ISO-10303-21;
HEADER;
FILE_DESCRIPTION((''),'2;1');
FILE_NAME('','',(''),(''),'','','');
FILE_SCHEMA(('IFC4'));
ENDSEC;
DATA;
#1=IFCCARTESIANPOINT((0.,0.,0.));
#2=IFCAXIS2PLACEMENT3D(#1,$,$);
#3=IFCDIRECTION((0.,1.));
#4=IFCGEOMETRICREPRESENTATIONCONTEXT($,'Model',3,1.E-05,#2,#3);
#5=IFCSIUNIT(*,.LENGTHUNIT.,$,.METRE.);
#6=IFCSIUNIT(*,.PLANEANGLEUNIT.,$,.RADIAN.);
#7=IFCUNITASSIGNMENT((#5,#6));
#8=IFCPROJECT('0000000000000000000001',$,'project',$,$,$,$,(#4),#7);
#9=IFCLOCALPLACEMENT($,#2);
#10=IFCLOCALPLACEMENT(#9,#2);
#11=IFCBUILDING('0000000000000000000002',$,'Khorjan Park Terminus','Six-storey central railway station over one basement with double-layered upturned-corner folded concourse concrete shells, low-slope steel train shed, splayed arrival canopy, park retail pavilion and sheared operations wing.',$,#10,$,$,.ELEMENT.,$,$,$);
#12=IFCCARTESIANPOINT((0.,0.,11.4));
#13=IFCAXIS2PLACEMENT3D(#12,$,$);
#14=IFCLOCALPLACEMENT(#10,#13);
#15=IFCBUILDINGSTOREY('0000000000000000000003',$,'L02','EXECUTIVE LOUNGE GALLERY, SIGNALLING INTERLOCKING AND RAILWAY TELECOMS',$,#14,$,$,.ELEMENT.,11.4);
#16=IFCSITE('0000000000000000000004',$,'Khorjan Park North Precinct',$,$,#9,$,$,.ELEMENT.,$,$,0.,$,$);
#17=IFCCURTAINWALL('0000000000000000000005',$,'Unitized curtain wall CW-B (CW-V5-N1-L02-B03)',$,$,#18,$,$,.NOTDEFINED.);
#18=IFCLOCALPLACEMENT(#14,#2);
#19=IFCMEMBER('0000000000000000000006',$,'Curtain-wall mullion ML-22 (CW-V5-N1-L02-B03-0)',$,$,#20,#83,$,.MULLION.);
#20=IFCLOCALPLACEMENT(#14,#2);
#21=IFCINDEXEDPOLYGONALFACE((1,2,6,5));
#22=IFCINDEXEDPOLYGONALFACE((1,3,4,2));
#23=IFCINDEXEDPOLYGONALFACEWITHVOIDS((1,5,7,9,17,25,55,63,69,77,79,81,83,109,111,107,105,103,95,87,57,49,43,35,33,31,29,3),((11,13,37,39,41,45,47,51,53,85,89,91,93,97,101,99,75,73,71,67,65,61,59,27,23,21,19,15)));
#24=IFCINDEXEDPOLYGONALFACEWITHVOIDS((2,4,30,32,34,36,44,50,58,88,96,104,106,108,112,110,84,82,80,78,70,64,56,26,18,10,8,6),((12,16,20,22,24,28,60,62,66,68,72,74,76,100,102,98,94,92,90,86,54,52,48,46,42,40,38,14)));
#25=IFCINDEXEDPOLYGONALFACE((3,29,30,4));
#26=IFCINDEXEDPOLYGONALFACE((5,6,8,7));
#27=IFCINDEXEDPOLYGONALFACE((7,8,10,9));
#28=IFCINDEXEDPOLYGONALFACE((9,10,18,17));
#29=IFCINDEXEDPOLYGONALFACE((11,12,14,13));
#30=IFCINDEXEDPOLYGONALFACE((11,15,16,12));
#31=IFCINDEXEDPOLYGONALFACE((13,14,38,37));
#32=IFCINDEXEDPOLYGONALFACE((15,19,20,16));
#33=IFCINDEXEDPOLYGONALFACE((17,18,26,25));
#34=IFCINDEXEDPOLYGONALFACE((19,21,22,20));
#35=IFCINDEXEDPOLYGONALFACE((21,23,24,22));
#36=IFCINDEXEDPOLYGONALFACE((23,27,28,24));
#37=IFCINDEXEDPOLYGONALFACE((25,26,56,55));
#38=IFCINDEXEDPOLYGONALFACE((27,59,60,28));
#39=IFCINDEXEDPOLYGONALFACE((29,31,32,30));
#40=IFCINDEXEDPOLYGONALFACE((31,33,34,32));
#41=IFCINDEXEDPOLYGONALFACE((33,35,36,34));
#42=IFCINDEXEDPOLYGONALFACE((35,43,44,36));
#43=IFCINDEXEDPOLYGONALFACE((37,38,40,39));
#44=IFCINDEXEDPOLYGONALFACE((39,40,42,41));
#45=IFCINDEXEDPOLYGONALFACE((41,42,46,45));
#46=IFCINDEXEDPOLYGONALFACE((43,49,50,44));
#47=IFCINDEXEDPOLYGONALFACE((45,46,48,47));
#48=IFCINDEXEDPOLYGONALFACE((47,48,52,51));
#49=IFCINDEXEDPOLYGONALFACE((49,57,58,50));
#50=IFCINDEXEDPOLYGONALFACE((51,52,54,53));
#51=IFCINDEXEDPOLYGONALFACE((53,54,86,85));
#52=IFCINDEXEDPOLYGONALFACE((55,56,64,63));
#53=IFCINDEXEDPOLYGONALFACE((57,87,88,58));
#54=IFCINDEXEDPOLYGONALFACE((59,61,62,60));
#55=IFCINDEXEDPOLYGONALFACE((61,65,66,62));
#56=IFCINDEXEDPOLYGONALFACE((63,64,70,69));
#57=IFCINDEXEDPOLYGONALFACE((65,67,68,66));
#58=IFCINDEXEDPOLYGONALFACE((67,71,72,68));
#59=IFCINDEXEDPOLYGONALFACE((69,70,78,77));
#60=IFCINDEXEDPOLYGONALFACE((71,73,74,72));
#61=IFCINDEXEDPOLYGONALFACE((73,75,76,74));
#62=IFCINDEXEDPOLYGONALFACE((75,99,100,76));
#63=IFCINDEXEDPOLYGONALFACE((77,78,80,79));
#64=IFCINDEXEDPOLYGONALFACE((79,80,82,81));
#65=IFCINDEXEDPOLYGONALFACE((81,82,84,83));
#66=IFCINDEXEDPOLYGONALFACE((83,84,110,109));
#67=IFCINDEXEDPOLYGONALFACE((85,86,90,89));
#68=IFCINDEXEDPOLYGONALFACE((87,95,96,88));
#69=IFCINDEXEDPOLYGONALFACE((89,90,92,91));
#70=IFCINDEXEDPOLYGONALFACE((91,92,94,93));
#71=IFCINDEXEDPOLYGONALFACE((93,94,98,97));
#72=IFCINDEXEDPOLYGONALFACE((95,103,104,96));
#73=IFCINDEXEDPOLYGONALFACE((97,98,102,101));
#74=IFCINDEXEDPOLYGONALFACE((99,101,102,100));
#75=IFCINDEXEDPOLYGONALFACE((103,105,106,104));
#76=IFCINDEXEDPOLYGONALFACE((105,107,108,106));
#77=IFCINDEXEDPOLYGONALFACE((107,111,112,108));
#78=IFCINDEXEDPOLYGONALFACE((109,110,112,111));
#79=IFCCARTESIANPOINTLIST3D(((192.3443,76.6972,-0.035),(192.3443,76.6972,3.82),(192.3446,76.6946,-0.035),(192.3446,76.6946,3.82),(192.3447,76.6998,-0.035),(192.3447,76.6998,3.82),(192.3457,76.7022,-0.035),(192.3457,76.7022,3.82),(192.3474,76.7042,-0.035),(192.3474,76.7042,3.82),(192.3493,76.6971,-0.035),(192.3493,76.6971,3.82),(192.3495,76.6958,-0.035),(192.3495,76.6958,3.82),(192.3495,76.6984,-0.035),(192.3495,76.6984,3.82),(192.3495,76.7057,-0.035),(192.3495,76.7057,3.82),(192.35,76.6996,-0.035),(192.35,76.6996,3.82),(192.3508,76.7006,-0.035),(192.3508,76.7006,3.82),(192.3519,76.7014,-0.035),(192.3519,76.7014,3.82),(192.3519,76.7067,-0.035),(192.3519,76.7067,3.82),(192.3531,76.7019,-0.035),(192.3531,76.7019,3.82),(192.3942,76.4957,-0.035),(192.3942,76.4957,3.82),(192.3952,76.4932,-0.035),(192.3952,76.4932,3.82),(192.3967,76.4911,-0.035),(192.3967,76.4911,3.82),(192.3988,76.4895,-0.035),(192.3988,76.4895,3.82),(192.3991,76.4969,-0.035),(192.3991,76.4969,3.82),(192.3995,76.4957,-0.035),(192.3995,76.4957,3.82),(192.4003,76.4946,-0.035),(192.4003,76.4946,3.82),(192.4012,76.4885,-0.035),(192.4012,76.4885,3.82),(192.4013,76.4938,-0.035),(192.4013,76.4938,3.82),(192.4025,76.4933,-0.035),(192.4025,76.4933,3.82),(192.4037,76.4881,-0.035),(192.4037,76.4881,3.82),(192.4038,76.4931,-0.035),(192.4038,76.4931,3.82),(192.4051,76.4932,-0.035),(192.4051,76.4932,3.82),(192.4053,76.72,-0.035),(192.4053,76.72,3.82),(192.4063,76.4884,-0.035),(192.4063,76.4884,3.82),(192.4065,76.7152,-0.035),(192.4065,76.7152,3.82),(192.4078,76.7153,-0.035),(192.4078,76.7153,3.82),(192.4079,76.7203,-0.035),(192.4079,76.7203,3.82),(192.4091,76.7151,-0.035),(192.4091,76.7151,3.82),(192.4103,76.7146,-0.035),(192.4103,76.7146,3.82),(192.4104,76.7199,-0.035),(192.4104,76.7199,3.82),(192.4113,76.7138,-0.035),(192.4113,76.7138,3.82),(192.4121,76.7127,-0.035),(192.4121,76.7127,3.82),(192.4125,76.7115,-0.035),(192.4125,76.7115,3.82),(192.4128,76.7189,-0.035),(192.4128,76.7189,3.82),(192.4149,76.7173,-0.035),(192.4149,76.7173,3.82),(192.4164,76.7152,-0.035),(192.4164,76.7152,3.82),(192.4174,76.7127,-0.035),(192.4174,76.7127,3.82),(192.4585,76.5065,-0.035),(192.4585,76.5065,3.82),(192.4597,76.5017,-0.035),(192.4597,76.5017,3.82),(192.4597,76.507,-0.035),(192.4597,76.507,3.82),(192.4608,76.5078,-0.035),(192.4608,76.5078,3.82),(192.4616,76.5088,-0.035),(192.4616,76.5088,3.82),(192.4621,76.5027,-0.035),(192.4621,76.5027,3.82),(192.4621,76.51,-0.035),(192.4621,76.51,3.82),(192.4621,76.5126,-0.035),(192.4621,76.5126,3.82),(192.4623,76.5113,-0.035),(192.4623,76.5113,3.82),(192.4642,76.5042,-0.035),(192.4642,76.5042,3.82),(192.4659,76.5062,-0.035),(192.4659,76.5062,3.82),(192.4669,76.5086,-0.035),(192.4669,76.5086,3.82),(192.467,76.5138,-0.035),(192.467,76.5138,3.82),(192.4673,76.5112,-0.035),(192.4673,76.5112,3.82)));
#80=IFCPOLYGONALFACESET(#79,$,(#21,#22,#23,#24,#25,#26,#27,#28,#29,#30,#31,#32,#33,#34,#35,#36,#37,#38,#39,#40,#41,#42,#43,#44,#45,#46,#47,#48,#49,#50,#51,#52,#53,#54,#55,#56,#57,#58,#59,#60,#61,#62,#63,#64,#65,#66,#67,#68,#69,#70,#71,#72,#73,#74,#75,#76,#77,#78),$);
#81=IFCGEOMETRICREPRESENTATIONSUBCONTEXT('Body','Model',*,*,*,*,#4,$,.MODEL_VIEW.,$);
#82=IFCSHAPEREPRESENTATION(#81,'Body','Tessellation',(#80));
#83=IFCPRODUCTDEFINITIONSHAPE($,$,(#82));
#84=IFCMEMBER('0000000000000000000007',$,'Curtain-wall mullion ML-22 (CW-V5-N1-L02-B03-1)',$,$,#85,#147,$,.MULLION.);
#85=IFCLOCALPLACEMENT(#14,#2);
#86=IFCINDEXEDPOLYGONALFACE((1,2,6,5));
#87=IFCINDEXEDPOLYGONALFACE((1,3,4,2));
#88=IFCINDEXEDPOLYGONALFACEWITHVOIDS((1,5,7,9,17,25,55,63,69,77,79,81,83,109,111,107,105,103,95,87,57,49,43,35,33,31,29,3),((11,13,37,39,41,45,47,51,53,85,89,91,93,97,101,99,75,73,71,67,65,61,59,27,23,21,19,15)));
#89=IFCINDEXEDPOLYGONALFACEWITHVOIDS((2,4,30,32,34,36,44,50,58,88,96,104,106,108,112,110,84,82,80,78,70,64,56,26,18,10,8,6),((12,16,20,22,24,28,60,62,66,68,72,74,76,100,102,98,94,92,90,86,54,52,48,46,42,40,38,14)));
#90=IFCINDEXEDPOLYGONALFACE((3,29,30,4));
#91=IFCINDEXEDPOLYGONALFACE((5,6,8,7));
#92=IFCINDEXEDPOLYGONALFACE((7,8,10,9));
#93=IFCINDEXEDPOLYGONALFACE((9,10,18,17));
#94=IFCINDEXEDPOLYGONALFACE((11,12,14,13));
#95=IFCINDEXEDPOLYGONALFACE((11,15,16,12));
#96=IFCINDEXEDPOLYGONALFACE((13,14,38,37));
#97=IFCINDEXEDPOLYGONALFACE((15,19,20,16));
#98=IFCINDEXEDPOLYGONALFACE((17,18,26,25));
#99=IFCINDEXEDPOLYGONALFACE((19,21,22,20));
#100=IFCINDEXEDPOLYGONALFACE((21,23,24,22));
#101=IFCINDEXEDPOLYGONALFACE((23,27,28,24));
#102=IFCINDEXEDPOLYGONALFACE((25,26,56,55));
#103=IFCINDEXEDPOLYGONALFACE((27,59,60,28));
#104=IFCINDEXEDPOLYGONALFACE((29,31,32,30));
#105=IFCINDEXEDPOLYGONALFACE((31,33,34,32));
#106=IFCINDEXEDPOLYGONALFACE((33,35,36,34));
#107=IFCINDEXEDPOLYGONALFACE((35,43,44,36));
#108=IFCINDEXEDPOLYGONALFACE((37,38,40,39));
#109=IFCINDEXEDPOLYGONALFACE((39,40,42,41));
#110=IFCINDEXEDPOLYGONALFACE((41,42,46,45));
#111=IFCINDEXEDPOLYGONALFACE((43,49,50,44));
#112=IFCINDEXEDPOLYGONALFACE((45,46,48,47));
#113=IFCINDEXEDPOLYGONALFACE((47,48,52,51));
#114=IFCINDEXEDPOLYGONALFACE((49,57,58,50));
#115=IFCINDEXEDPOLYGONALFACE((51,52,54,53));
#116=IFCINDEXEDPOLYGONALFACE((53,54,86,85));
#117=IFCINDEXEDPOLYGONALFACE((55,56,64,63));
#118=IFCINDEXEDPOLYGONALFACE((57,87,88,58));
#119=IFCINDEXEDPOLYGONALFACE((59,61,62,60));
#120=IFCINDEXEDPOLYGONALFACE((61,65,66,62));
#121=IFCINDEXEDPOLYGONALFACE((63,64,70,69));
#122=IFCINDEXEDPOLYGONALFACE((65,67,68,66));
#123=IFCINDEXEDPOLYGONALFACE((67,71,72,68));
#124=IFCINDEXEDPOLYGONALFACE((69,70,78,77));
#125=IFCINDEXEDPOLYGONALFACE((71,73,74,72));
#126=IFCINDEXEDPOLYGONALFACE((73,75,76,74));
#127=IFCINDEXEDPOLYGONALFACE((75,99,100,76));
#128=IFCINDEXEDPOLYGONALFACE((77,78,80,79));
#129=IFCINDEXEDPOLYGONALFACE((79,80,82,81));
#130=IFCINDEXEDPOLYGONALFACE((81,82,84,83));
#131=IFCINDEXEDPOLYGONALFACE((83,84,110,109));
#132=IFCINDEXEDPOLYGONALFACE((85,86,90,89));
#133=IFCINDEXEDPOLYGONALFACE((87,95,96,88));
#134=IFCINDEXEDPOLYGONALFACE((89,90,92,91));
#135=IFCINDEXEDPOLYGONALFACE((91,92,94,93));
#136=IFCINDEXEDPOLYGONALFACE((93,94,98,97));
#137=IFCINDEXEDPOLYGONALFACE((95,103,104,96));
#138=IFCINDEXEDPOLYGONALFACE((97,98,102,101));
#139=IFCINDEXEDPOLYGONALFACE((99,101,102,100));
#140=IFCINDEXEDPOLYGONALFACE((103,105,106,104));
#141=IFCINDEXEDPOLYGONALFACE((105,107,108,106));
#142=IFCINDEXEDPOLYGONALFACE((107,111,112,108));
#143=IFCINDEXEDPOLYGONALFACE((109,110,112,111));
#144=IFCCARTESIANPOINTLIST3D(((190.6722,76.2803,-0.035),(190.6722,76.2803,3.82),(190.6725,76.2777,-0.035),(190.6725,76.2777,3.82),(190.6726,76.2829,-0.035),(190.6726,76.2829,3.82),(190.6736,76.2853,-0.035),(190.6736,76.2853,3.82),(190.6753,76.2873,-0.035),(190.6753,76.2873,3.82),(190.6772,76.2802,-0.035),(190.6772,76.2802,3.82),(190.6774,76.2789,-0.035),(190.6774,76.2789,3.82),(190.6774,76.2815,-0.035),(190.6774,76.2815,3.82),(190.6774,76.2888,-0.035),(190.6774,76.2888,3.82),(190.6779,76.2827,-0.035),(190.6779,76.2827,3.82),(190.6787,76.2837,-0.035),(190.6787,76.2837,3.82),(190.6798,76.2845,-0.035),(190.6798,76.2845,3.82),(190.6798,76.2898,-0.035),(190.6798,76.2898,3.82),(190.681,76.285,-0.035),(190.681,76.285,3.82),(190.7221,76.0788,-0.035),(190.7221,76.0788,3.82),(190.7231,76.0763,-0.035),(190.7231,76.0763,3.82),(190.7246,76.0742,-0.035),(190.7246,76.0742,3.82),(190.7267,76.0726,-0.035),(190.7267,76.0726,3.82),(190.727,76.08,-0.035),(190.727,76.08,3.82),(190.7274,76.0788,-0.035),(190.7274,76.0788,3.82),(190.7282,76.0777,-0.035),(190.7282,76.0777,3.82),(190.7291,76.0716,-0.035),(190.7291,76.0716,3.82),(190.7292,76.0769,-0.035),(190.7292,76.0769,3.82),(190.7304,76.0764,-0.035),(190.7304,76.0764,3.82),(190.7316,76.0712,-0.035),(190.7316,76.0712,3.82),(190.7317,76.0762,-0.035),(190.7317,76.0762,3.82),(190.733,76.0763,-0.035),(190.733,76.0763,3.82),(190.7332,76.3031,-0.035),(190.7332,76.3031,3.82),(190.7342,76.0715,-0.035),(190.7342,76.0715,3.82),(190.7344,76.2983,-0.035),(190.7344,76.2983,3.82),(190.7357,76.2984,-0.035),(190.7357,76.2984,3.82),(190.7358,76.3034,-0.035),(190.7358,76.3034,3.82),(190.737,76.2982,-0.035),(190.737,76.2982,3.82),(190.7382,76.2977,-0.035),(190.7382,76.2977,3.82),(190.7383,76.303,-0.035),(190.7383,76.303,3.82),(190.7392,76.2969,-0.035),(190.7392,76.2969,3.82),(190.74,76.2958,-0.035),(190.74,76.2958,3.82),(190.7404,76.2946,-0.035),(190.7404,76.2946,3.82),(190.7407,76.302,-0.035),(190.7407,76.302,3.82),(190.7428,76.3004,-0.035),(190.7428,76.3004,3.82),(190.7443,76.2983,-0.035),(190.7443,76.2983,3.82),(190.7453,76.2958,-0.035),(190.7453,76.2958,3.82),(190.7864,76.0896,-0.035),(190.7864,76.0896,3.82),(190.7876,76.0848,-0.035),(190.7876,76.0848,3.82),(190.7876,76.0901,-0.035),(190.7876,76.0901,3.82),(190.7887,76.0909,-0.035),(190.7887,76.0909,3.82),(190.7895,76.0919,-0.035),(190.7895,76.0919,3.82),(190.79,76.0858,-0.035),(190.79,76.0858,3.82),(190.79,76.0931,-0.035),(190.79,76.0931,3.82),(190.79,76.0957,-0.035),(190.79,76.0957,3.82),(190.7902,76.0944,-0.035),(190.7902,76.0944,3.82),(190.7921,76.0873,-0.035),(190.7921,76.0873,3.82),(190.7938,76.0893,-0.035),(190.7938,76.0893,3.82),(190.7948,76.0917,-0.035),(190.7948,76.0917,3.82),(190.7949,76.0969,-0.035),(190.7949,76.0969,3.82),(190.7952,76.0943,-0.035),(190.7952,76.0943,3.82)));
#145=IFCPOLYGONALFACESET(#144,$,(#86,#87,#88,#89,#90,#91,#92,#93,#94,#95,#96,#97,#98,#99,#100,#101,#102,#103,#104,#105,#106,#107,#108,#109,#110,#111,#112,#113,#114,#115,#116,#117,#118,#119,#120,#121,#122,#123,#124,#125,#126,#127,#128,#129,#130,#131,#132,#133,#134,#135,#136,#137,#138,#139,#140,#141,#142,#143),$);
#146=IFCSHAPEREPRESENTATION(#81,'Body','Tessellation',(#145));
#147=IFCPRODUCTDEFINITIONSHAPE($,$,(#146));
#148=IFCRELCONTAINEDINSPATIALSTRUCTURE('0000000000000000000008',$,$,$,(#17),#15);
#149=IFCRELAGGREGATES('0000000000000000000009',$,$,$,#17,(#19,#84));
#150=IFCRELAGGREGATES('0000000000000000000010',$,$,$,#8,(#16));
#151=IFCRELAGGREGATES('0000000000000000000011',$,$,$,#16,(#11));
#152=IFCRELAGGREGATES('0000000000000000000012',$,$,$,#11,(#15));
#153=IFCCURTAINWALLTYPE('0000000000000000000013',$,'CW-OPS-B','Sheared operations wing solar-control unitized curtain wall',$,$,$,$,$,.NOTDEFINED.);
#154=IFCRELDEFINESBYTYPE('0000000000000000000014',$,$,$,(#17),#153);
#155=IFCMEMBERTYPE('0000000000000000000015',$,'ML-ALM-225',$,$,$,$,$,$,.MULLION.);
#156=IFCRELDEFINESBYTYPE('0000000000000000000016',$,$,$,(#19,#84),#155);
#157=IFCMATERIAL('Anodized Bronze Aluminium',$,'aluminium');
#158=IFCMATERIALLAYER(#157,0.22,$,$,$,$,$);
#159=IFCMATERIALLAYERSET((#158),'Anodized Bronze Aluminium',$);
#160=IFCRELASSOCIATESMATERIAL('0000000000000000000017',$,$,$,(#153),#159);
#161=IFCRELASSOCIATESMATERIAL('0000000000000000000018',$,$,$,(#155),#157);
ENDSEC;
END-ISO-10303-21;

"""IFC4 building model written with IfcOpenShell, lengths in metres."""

from ifc_helpers import new_model, si_unit, direction, frame, origin, origin_2d, place, context, subcontext, project, spatial, hollow_rectangle, extrude, material, layer, layer_set, material_profile, profile_set, type_object, element, aggregate, save


model = new_model("IFC4")

# Units and contexts
model_context = context("Model", 3, precision=1e-05, world=origin(), true_north=direction((0.0, 1.0)))
body_context = subcontext(model_context, "Body", "Model", "MODEL_VIEW")
ifc_project = project(units=[si_unit("LENGTHUNIT", "METRE"), si_unit("PLANEANGLEUNIT", "RADIAN")], contexts=[model_context])

# Site, building, storey
site_placement = place(None, origin())
site = spatial("IfcSite", under=ifc_project, at=site_placement, Name="Khorjan Park North Precinct", CompositionType="ELEMENT", RefElevation=0.0)
building_placement = place(site_placement, origin())
building = spatial("IfcBuilding", under=site, at=building_placement, Name="Khorjan Park Terminus", Description="Six-storey central railway station over one basement with double-layered upturned-corner folded concourse concrete shells, low-slope steel train shed, splayed arrival canopy, park retail pavilion and sheared operations wing.", CompositionType="ELEMENT")
storey_placement = place(building_placement, frame((0.0, 0.0, 11.4)))
storey = spatial("IfcBuildingStorey", under=building, at=storey_placement, Name="L02", Description="EXECUTIVE LOUNGE GALLERY, SIGNALLING INTERLOCKING AND RAILWAY TELECOMS", CompositionType="ELEMENT", Elevation=11.4)

# Curtain wall, members
ifc_material_1 = material(Name="Anodized Bronze Aluminium", Category="aluminium")
ifc_layer_1 = layer(ifc_material_1, 0.22)
ifc_layer_set_1 = layer_set([ifc_layer_1], Name="Anodized Bronze Aluminium")
curtain_wall_type = type_object("IfcCurtainWallType", Name="CW-OPS-B", Description="Sheared operations wing solar-control unitized curtain wall", PredefinedType="NOTDEFINED", material=ifc_layer_set_1)
curtain_wall_placement = place(storey_placement, origin())
curtain_wall = element("IfcCurtainWall", 1, at=curtain_wall_placement, inside=storey, type_object=curtain_wall_type, Name="Unitized curtain wall CW-B (CW-V5-N1-L02-B03)", PredefinedType="NOTDEFINED")
ifc_material_profile_1 = material_profile(ifc_material_1, hollow_rectangle(XDim=0.075, YDim=0.225, WallThickness=0.005, InnerFilletRadius=0.005, OuterFilletRadius=0.01, at=origin_2d()), Name="ALM 75x225x5")
ifc_profile_set_1 = profile_set([ifc_material_profile_1], Name="Anodized Bronze Aluminium")
member_type_1 = type_object("IfcMemberType", Name="ML-ALM-225", PredefinedType="MULLION", material=ifc_profile_set_1)
member_1_placement = place(storey_placement, frame((192.4058, 76.6042, -0.035), z_axis=(0.0, 0.0, 1.0), x_axis=(-0.970296, -0.241921, 0.0)))
member_1 = element("IfcMember", 2, at=member_1_placement, type_object=member_type_1, Name="Curtain-wall mullion ML-22 (CW-V5-N1-L02-B03-0)", PredefinedType="MULLION", context=body_context, shape_type="SweptSolid", body=[
    extrude(hollow_rectangle(XDim=0.075, YDim=0.225, WallThickness=0.005, InnerFilletRadius=0.005, OuterFilletRadius=0.01, at=origin_2d()), origin(), (0.0, 0.0, 1.0), 3.855),
])
member_2_placement = place(storey_placement, frame((190.7337, 76.1873, -0.035), z_axis=(0.0, 0.0, 1.0), x_axis=(-0.970296, -0.241921, 0.0)))
member_2 = element("IfcMember", 3, at=member_2_placement, type_object=member_type_1, Name="Curtain-wall mullion ML-22 (CW-V5-N1-L02-B03-1)", PredefinedType="MULLION", context=body_context, shape_type="SweptSolid", body=[
    extrude(hollow_rectangle(XDim=0.075, YDim=0.225, WallThickness=0.005, InnerFilletRadius=0.005, OuterFilletRadius=0.01, at=origin_2d()), origin(), (0.0, 0.0, 1.0), 3.855),
])
aggregate(curtain_wall, [member_1, member_2])

save(model, "model.ifc")
